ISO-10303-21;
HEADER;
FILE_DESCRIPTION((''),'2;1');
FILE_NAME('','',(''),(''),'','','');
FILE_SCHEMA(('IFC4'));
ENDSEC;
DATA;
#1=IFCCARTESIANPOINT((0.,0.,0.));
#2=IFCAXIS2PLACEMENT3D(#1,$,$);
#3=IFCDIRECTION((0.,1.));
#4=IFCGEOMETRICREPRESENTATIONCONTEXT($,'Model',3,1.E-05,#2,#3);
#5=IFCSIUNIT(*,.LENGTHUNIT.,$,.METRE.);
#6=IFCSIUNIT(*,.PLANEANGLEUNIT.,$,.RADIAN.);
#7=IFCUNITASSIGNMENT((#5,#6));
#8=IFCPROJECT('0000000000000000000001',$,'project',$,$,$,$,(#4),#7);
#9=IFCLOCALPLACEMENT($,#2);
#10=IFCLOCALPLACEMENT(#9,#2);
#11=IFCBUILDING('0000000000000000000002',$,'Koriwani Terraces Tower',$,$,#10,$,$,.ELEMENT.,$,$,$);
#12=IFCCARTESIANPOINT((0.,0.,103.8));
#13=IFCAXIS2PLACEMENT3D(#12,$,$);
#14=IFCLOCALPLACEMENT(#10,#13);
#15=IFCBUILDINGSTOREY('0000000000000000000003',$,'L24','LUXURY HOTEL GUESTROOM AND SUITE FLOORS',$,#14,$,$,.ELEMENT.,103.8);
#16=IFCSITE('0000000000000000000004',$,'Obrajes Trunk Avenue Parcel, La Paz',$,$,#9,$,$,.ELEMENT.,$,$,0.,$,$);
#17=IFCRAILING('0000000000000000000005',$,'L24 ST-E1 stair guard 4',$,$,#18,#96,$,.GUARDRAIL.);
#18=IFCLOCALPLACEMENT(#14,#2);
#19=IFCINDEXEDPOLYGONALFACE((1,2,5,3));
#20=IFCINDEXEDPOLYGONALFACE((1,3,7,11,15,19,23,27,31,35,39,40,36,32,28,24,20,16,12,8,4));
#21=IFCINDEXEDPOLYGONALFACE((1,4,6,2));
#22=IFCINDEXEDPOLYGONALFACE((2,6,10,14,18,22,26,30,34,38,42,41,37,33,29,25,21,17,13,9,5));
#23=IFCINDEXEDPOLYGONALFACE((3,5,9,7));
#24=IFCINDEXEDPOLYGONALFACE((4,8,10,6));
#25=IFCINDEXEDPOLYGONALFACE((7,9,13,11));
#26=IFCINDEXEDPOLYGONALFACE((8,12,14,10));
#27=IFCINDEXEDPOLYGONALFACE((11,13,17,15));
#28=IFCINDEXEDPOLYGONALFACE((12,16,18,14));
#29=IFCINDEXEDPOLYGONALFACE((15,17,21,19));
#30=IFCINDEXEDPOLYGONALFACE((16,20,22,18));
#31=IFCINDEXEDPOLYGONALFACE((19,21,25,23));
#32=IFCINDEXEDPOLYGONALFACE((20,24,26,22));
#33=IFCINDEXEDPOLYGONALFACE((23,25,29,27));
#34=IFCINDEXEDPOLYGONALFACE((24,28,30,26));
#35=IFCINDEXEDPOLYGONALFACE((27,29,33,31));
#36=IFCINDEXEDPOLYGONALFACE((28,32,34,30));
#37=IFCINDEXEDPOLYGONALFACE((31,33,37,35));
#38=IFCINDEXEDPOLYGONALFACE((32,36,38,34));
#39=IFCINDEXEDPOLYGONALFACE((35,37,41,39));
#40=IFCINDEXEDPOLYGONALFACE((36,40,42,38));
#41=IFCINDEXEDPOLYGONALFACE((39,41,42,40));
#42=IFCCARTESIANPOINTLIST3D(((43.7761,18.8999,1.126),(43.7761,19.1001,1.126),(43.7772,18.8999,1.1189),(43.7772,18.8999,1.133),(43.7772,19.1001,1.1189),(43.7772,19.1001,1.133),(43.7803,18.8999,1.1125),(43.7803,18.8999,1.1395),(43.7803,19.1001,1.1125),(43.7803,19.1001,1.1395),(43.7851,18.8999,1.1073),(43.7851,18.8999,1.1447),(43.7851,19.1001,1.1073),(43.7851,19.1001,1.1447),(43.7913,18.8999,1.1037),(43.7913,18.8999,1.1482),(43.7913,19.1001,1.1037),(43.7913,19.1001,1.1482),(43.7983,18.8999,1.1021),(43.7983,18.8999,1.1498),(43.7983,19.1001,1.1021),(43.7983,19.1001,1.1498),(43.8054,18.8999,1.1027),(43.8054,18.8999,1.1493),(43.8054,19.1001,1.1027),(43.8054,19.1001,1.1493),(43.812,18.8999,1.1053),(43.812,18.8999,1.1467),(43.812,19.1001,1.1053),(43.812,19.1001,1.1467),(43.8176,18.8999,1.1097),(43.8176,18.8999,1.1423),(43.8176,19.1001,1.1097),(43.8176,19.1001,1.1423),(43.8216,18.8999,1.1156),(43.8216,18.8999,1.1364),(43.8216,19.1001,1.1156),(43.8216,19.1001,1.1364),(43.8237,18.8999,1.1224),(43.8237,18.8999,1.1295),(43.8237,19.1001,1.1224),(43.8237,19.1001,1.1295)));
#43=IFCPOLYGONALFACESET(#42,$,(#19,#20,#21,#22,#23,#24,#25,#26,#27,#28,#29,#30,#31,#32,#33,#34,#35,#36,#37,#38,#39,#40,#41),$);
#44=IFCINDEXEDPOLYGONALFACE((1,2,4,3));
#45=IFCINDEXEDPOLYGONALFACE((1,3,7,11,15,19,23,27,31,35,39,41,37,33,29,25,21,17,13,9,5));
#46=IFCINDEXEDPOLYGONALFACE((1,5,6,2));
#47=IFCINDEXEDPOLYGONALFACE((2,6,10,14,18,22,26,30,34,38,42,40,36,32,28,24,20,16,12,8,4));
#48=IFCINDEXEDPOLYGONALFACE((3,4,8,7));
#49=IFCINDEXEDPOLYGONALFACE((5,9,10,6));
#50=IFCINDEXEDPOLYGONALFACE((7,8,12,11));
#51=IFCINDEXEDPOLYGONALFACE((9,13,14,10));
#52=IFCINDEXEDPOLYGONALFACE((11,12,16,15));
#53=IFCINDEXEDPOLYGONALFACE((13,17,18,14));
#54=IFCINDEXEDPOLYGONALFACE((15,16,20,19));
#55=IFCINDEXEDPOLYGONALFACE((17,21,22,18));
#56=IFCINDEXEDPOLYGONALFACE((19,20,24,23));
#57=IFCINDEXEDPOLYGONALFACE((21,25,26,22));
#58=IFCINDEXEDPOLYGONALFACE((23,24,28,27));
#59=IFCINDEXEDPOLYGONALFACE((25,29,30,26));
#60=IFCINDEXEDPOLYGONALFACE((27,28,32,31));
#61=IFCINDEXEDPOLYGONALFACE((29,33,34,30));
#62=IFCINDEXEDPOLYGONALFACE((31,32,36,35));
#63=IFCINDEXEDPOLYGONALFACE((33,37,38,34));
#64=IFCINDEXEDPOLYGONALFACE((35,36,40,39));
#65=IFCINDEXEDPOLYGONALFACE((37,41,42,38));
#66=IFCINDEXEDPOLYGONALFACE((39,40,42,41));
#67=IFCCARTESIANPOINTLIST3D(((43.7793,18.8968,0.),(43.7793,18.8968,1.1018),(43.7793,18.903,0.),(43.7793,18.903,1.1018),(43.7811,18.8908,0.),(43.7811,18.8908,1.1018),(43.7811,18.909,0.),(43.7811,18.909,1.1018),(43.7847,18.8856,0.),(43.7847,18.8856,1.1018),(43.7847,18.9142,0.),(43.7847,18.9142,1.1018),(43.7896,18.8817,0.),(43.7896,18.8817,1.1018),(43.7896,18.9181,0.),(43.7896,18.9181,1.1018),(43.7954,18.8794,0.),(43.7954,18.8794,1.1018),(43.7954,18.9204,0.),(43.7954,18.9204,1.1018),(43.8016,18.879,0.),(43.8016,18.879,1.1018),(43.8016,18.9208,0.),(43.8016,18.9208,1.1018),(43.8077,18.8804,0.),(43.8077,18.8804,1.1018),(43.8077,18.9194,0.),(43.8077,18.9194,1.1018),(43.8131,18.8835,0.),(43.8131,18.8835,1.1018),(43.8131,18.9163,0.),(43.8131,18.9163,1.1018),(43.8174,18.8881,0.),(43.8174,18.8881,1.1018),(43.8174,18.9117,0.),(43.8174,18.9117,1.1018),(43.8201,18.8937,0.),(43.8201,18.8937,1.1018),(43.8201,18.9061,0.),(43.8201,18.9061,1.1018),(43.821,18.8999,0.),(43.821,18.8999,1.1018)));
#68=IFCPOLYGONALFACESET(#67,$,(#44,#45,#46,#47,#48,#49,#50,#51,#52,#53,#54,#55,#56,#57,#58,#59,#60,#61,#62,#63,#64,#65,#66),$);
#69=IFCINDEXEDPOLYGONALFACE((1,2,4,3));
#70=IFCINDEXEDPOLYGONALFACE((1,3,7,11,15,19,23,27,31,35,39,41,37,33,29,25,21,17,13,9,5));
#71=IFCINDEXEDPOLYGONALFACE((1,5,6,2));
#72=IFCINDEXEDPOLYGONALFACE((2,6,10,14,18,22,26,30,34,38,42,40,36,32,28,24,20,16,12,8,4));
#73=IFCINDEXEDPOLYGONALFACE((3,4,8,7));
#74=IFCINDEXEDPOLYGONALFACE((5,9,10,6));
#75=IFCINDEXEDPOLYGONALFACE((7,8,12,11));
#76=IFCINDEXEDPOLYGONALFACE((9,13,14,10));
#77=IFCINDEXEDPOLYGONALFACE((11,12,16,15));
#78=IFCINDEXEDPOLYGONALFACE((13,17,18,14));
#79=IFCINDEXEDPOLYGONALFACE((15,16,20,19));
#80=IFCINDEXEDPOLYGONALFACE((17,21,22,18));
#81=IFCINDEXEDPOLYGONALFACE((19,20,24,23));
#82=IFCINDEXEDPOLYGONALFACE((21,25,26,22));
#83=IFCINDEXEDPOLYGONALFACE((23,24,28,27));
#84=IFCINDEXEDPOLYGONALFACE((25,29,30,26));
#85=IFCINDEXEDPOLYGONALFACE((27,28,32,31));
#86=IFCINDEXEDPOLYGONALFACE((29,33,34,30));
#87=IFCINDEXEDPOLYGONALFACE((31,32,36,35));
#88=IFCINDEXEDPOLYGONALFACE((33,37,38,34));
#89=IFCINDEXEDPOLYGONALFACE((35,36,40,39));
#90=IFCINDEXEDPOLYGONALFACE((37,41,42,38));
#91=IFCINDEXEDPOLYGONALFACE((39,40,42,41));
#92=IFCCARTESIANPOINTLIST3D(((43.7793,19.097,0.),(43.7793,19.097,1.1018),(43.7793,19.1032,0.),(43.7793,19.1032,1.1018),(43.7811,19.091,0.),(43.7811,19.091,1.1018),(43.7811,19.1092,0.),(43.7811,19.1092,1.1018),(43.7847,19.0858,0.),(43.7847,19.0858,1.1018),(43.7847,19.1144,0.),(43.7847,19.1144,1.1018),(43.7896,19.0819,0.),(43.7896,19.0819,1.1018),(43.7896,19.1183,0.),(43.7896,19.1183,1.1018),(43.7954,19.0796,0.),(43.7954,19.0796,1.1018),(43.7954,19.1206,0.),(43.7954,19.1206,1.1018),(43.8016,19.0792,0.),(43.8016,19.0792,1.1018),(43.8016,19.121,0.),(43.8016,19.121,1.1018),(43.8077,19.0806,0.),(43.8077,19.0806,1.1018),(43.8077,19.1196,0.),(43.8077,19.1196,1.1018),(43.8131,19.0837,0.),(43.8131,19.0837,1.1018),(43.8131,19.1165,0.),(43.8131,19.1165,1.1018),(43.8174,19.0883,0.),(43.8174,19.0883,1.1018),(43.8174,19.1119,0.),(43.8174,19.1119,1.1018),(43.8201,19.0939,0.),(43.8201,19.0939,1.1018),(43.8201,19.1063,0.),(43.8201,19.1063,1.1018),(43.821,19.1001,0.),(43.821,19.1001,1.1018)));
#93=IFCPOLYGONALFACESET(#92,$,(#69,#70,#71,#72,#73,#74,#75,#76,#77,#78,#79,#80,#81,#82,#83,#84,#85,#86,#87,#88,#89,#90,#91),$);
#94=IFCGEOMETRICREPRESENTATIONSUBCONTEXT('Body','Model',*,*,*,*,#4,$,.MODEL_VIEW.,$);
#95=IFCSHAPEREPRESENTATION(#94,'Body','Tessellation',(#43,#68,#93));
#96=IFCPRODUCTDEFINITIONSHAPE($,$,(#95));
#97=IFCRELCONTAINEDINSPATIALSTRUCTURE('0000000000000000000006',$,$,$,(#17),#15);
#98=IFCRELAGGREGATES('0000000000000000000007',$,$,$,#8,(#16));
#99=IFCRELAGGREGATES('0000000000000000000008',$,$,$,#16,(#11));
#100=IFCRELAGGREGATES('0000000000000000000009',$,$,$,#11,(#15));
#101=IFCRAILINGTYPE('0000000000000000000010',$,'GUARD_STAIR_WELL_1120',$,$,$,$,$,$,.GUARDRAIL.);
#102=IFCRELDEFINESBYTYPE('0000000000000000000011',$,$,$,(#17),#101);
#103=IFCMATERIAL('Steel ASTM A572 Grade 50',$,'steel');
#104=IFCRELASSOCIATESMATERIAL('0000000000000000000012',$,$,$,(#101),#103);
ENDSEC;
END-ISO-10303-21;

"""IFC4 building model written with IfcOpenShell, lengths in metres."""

from ifc_helpers import new_model, si_unit, direction, frame, origin, origin_2d, place, context, subcontext, project, spatial, circle, extrude, material, type_object, element, save


model = new_model("IFC4")

# Units and contexts
model_context = context("Model", 3, precision=1e-05, world=origin(), true_north=direction((0.0, 1.0)))
body_context = subcontext(model_context, "Body", "Model", "MODEL_VIEW")
ifc_project = project(units=[si_unit("LENGTHUNIT", "METRE"), si_unit("PLANEANGLEUNIT", "RADIAN")], contexts=[model_context])

# Site, building, storey
site_placement = place(None, origin())
site = spatial("IfcSite", under=ifc_project, at=site_placement, Name="Obrajes Trunk Avenue Parcel, La Paz", CompositionType="ELEMENT", RefElevation=0.0)
building_placement = place(site_placement, origin())
building = spatial("IfcBuilding", under=site, at=building_placement, Name="Koriwani Terraces Tower", CompositionType="ELEMENT")
storey_placement = place(building_placement, frame((0.0, 0.0, 103.8)))
storey = spatial("IfcBuildingStorey", under=building, at=storey_placement, Name="L24", Description="LUXURY HOTEL GUESTROOM AND SUITE FLOORS", CompositionType="ELEMENT", Elevation=103.8)

# Shared definitions
ifc_material_1 = material(Name="Steel ASTM A572 Grade 50", Category="steel")

# Railing
railing_type_1 = type_object("IfcRailingType", Name="GUARD_STAIR_WELL_1120", PredefinedType="GUARDRAIL", material=ifc_material_1)
railing_1_placement = place(storey_placement, frame((43.8, 18.8999, 0.0)))
element("IfcRailing", 1, at=railing_1_placement, inside=storey, type_object=railing_type_1, Name="L24 ST-E1 stair guard 4", PredefinedType="GUARDRAIL", context=body_context, shape_type="SweptSolid", body=[
    extrude(circle(Radius=0.0239, at=origin_2d()), frame((0.0, 0.0, 1.126), z_axis=(0.0, 1.0, 0.0), x_axis=(-1.0, 0.0, 0.0)), (0.0, 0.0, 1.0), 0.2002),
    extrude(circle(Radius=0.021, at=origin_2d()), origin(), (0.0, 0.0, 1.0), 1.1018),
    extrude(circle(Radius=0.021, at=origin_2d()), frame((0.0, 0.2002, 0.0)), (0.0, 0.0, 1.0), 1.1018),
])

save(model, "model.ifc")
